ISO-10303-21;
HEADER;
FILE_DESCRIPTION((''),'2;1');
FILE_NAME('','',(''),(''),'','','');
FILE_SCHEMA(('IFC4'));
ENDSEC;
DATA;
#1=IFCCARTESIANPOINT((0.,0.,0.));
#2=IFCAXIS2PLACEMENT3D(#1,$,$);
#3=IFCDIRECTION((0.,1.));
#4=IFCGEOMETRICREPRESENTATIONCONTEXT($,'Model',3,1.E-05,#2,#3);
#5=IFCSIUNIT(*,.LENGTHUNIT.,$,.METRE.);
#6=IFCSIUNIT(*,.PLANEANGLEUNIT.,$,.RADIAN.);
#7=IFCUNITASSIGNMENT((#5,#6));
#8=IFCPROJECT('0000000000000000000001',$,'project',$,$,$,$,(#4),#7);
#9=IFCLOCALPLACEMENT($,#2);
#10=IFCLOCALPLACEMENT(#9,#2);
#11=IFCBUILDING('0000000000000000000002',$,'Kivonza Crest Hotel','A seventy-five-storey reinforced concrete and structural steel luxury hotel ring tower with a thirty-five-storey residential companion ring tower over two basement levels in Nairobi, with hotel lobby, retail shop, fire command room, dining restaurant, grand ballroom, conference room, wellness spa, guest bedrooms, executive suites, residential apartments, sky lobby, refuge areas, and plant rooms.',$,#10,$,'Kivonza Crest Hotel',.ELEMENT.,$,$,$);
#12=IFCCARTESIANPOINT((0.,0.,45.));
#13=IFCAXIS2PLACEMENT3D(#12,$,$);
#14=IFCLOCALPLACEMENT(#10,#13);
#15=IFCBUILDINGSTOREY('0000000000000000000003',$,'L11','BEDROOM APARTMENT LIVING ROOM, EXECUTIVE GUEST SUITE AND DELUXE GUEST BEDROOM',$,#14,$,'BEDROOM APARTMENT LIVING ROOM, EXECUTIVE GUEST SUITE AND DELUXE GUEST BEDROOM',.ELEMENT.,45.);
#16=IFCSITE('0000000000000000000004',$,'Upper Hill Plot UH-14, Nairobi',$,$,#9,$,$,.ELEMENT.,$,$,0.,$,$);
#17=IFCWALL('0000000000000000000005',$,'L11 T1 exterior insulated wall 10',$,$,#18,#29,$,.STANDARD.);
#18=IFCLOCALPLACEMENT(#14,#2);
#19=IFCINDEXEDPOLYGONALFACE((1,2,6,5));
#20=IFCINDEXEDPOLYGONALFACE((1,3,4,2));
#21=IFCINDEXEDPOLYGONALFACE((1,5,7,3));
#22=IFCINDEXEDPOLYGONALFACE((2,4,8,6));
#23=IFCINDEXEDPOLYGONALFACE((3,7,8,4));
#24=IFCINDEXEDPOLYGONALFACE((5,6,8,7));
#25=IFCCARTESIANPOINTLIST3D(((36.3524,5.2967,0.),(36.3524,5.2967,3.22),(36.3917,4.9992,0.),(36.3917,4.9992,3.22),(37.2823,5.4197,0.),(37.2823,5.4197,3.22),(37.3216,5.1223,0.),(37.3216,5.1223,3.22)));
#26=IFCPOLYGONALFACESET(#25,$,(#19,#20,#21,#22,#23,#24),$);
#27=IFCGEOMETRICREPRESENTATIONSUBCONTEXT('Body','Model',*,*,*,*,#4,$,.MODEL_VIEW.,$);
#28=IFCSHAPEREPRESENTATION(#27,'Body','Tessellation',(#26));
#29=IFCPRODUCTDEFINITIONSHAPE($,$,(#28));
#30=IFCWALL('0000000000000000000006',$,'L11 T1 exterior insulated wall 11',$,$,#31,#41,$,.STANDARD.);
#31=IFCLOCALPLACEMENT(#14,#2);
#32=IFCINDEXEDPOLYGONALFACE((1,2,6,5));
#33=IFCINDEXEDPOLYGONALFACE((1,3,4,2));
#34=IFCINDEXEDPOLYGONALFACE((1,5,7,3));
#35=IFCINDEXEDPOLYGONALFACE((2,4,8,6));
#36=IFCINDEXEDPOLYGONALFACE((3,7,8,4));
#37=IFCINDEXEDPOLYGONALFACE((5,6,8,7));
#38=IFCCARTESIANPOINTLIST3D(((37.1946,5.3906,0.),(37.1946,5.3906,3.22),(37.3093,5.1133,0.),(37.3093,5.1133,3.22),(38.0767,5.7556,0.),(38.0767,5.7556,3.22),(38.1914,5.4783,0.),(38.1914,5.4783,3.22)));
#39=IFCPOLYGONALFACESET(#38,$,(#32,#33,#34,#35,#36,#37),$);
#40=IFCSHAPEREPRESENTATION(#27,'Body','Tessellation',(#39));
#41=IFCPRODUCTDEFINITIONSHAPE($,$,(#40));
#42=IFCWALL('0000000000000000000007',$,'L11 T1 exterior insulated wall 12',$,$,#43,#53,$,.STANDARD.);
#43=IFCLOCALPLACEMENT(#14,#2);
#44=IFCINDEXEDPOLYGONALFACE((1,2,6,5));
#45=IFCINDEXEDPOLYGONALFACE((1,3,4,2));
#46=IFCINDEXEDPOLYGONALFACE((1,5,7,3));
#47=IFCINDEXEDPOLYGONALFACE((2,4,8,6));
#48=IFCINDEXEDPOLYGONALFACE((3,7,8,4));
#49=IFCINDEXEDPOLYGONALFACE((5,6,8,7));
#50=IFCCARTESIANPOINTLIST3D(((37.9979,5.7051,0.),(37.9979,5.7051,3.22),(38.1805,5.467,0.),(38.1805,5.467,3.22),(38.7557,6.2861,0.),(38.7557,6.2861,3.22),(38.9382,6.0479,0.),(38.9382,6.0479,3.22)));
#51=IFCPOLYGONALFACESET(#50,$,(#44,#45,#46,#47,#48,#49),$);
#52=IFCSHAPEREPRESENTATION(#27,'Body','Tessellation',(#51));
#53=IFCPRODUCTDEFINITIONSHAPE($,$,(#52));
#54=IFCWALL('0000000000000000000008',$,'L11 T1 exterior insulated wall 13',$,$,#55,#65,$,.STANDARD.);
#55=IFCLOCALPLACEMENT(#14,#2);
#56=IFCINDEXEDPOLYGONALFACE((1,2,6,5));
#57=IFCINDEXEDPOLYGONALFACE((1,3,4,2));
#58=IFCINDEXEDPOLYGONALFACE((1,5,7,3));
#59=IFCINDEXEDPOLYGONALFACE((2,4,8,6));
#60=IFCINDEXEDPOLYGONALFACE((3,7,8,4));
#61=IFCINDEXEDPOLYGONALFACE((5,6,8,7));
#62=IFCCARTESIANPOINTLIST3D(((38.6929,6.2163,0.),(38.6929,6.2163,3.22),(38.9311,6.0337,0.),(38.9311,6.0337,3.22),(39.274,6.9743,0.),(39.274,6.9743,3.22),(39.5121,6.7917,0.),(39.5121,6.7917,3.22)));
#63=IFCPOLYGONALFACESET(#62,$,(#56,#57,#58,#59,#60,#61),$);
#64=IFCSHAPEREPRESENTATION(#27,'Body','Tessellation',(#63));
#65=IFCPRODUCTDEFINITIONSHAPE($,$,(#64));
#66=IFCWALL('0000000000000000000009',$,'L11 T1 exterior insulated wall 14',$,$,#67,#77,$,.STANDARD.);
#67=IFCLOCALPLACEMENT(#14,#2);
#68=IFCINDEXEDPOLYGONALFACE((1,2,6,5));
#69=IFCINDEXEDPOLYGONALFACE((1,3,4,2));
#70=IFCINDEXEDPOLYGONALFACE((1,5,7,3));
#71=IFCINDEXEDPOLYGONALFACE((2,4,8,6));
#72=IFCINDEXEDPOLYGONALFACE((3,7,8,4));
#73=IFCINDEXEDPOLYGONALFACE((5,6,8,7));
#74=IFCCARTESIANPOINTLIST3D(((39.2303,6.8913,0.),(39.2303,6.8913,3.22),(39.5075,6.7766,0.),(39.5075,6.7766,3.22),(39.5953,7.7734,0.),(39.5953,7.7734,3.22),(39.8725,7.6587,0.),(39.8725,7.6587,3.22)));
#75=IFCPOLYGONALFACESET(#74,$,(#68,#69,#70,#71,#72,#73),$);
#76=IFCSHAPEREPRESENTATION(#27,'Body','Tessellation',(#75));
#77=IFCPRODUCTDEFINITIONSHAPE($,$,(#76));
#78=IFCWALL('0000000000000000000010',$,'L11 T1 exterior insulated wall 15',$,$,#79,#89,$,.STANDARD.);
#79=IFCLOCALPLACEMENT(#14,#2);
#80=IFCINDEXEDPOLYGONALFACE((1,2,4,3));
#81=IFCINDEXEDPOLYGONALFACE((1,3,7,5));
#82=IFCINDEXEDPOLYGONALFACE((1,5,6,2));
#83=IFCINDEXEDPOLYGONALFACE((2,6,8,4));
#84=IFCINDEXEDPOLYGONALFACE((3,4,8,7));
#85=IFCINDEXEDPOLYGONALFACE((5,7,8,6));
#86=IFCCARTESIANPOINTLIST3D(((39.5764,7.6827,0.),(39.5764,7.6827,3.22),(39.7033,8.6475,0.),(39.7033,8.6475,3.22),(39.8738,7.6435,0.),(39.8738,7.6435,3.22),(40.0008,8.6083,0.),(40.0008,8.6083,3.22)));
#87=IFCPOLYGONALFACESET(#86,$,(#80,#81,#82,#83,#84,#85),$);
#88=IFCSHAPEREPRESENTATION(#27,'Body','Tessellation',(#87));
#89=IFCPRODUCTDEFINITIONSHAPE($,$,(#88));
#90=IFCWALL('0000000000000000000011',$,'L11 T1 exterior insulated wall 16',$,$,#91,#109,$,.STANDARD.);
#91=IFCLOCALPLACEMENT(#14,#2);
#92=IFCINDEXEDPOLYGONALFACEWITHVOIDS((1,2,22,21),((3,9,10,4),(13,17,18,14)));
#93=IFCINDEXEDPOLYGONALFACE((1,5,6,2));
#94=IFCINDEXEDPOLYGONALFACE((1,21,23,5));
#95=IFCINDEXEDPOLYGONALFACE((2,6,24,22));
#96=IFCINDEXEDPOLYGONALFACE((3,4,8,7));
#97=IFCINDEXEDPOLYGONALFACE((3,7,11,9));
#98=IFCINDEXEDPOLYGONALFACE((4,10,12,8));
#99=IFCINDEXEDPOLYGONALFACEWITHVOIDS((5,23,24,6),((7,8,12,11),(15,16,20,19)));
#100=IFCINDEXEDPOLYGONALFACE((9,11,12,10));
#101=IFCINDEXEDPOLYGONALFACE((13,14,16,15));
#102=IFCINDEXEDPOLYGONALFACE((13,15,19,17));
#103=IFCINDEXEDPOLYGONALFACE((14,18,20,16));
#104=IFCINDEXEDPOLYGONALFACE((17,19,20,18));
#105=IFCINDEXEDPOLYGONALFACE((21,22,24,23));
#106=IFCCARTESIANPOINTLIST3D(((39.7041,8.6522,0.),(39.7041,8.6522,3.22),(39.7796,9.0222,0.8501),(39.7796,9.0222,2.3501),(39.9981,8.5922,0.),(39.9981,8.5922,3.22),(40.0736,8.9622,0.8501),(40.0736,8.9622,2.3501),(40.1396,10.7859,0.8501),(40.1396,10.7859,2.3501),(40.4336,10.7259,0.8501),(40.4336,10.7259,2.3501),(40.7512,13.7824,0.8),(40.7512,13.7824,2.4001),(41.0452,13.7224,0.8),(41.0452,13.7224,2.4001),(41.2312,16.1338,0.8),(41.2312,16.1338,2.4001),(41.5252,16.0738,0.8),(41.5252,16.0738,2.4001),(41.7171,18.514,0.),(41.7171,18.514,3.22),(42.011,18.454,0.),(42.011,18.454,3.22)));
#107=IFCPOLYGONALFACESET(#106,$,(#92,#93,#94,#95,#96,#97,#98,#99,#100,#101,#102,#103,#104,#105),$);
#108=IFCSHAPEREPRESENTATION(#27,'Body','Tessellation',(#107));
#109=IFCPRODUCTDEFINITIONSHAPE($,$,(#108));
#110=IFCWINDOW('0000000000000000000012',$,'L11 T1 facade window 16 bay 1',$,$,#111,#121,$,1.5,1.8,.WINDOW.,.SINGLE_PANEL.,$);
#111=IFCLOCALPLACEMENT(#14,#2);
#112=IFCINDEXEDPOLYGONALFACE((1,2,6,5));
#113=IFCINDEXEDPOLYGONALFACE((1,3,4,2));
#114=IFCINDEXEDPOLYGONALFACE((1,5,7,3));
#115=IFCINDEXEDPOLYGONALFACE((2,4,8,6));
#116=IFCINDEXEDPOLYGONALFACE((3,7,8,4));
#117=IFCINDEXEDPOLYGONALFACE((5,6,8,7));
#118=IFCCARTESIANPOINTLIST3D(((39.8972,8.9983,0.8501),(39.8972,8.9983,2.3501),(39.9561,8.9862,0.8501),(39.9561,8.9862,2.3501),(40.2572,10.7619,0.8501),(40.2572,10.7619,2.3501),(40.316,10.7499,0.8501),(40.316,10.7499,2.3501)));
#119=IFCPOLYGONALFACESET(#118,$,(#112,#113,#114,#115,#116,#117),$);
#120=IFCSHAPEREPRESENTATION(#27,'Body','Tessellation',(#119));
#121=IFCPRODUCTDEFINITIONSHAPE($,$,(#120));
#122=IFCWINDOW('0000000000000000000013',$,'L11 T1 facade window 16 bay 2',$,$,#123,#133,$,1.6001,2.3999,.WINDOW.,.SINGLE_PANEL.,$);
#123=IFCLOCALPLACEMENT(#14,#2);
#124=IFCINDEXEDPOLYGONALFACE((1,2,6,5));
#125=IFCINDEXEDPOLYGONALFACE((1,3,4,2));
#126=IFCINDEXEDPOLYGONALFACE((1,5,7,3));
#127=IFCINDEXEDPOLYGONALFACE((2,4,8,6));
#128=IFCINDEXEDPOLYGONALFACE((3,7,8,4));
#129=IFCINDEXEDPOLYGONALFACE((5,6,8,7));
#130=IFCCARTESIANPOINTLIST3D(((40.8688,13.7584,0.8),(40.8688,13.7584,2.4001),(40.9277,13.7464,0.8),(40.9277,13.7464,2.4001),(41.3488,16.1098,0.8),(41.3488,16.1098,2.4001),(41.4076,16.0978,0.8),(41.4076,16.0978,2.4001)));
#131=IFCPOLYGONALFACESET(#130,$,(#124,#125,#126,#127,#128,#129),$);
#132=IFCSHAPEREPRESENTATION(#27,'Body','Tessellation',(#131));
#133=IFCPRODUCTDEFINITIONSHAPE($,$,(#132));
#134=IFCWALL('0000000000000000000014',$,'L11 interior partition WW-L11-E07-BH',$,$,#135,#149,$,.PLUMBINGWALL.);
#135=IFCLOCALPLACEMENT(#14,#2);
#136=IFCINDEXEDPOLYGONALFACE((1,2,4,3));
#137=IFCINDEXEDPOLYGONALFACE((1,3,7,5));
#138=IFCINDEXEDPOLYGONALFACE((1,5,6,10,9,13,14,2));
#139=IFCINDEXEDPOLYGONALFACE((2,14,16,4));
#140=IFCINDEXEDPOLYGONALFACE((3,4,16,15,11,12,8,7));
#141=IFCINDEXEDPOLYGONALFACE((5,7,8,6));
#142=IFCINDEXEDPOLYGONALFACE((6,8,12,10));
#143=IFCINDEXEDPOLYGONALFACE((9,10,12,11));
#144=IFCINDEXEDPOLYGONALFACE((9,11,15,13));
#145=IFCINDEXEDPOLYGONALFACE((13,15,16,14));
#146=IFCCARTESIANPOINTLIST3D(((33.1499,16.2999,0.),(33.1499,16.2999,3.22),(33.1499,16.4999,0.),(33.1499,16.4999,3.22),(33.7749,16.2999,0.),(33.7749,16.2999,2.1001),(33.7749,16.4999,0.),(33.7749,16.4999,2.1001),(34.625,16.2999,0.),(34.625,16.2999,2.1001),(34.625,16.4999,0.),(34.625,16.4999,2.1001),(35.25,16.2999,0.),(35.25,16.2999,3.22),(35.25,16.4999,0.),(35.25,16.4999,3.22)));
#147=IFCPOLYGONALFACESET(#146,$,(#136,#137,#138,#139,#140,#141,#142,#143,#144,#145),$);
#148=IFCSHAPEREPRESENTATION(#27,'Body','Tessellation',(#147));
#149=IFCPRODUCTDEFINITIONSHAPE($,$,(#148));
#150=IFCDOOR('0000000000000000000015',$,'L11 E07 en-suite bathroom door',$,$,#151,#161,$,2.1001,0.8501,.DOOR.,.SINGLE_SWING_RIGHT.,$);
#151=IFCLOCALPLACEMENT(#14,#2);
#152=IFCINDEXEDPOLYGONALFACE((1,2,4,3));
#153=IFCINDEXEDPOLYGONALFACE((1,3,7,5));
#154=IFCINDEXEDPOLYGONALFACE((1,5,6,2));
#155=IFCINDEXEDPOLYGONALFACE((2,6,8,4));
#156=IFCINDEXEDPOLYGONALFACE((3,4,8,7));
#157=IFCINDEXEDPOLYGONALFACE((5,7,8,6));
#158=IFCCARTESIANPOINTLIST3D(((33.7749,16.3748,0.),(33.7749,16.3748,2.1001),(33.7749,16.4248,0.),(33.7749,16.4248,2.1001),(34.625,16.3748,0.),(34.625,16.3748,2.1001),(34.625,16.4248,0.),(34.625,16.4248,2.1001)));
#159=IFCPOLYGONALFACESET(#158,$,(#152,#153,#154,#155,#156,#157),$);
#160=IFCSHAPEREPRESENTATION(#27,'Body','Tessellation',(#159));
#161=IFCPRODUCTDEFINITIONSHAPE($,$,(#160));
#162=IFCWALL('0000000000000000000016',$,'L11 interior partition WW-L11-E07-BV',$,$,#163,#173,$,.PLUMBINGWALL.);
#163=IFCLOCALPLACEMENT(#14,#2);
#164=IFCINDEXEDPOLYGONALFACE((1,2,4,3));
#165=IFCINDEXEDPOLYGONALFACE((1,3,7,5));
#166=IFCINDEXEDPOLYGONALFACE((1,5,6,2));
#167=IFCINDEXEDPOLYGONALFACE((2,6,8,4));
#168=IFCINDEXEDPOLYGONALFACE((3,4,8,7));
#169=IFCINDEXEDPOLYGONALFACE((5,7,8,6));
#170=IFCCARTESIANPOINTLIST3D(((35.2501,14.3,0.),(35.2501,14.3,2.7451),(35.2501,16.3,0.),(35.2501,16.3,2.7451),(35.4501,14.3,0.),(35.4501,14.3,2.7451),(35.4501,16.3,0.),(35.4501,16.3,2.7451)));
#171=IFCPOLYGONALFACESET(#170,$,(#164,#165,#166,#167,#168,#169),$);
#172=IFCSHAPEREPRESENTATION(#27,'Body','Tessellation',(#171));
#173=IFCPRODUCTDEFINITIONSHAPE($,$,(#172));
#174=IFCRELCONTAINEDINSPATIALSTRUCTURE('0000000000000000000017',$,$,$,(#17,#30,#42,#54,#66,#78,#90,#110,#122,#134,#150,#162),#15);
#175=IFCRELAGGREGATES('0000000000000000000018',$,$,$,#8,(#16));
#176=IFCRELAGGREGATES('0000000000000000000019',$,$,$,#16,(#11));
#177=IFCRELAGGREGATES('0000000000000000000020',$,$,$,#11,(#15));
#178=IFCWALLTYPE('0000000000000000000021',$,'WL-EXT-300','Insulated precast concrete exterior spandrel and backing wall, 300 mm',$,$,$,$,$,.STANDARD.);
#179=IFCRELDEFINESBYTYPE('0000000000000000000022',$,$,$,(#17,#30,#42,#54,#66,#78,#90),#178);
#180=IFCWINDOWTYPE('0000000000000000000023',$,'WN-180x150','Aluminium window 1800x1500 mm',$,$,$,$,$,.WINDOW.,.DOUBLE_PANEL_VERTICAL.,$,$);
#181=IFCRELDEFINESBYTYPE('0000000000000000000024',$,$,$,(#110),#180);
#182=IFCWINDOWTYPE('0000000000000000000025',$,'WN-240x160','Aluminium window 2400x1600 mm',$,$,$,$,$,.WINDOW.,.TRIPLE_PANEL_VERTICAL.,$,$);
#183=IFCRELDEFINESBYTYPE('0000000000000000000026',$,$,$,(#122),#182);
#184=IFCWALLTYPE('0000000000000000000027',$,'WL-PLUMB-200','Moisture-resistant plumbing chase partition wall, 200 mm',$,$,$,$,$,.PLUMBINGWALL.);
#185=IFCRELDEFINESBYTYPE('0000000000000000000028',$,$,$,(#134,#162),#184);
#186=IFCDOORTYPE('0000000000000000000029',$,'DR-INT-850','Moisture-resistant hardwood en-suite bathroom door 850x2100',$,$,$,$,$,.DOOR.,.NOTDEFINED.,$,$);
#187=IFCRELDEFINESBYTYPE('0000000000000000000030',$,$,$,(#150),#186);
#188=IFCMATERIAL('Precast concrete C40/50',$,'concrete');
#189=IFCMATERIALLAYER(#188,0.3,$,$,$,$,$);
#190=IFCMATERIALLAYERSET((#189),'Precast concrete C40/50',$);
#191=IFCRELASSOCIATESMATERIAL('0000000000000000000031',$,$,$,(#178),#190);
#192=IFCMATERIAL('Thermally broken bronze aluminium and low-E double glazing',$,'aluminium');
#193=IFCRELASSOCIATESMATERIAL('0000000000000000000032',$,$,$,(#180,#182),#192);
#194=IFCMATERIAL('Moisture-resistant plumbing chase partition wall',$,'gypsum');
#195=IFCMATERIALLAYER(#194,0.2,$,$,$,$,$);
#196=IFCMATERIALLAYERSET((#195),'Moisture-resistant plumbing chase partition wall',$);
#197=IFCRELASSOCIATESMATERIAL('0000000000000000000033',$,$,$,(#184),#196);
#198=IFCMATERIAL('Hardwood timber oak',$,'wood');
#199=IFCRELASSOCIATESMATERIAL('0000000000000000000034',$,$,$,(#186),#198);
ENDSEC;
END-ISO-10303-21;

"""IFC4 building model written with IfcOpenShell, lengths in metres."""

from ifc_helpers import new_model, si_unit, direction, frame, frame_2d, origin, place, context, subcontext, project, spatial, rectangle, extrude, material, layer, layer_set, type_object, element, fill, save


model = new_model("IFC4")

# Units and contexts
model_context = context("Model", 3, precision=1e-05, world=origin(), true_north=direction((0.0, 1.0)))
body_context = subcontext(model_context, "Body", "Model", "MODEL_VIEW")
ifc_project = project(units=[si_unit("LENGTHUNIT", "METRE"), si_unit("PLANEANGLEUNIT", "RADIAN")], contexts=[model_context])

# Site, building, storey
site_placement = place(None, origin())
site = spatial("IfcSite", under=ifc_project, at=site_placement, Name="Upper Hill Plot UH-14, Nairobi", CompositionType="ELEMENT", RefElevation=0.0)
building_placement = place(site_placement, origin())
building = spatial("IfcBuilding", under=site, at=building_placement, Name="Kivonza Crest Hotel", Description="A seventy-five-storey reinforced concrete and structural steel luxury hotel ring tower with a thirty-five-storey residential companion ring tower over two basement levels in Nairobi, with hotel lobby, retail shop, fire command room, dining restaurant, grand ballroom, conference room, wellness spa, guest bedrooms, executive suites, residential apartments, sky lobby, refuge areas, and plant rooms.", LongName="Kivonza Crest Hotel", CompositionType="ELEMENT")
storey_placement = place(building_placement, frame((0.0, 0.0, 45.0)))
storey = spatial("IfcBuildingStorey", under=building, at=storey_placement, Name="L11", Description="BEDROOM APARTMENT LIVING ROOM, EXECUTIVE GUEST SUITE AND DELUXE GUEST BEDROOM", LongName="BEDROOM APARTMENT LIVING ROOM, EXECUTIVE GUEST SUITE AND DELUXE GUEST BEDROOM", CompositionType="ELEMENT", Elevation=45.0)

# Shared definitions
ifc_material_1 = material(Name="Hardwood timber oak", Category="wood")

# Walls
ifc_material_2 = material(Name="Precast concrete C40/50", Category="concrete")
ifc_layer_1 = layer(ifc_material_2, 0.3)
ifc_layer_set_1 = layer_set([ifc_layer_1], Name="Precast concrete C40/50")
wall_type_1 = type_object("IfcWallType", Name="WL-EXT-300", Description="Insulated precast concrete exterior spandrel and backing wall, 300 mm", PredefinedType="STANDARD", material=ifc_layer_set_1)
wall_1_placement = place(storey_placement, frame((36.3721, 5.1479, 0.0), z_axis=(0.0, 0.0, 1.0), x_axis=(0.991359, 0.131175, 0.0)))
element("IfcWall", 1, at=wall_1_placement, inside=storey, type_object=wall_type_1, Name="L11 T1 exterior insulated wall 10", PredefinedType="STANDARD", context=body_context, shape_type="SweptSolid", body=[
    extrude(rectangle(XDim=0.938, YDim=0.3, at=frame_2d((0.469, 0.0))), origin(), (0.0, 0.0, 1.0), 3.22),
])
wall_2_placement = place(storey_placement, frame((37.252, 5.252, 0.0), z_axis=(0.0, 0.0, 1.0), x_axis=(0.92402, 0.382344, 0.0)))
element("IfcWall", 2, at=wall_2_placement, inside=storey, type_object=wall_type_1, Name="L11 T1 exterior insulated wall 11", PredefinedType="STANDARD", context=body_context, shape_type="SweptSolid", body=[
    extrude(rectangle(XDim=0.9546, YDim=0.3, at=frame_2d((0.4773, 0.0))), origin(), (0.0, 0.0, 1.0), 3.22),
])
wall_3_placement = place(storey_placement, frame((38.0891, 5.5859, 0.0), z_axis=(0.0, 0.0, 1.0), x_axis=(0.793573, 0.608474, 0.0)))
element("IfcWall", 3, at=wall_3_placement, inside=storey, type_object=wall_type_1, Name="L11 T1 exterior insulated wall 12", PredefinedType="STANDARD", context=body_context, shape_type="SweptSolid", body=[
    extrude(rectangle(XDim=0.9548, YDim=0.3, at=frame_2d((0.4775, 0.0))), origin(), (0.0, 0.0, 1.0), 3.22),
])
wall_4_placement = place(storey_placement, frame((38.812, 6.125, 0.0), z_axis=(0.0, 0.0, 1.0), x_axis=(0.608351, 0.793668, 0.0)))
element("IfcWall", 4, at=wall_4_placement, inside=storey, type_object=wall_type_1, Name="L11 T1 exterior insulated wall 13", PredefinedType="STANDARD", context=body_context, shape_type="SweptSolid", body=[
    extrude(rectangle(XDim=0.9551, YDim=0.3, at=frame_2d((0.4775, 0.0))), origin(), (0.0, 0.0, 1.0), 3.22),
])
wall_5_placement = place(storey_placement, frame((39.3689, 6.834, 0.0), z_axis=(0.0, 0.0, 1.0), x_axis=(0.382344, 0.92402, 0.0)))
element("IfcWall", 5, at=wall_5_placement, inside=storey, type_object=wall_type_1, Name="L11 T1 exterior insulated wall 14", PredefinedType="STANDARD", context=body_context, shape_type="SweptSolid", body=[
    extrude(rectangle(XDim=0.9546, YDim=0.3, at=frame_2d((0.4773, 0.0))), origin(), (0.0, 0.0, 1.0), 3.22),
])
wall_6_placement = place(storey_placement, frame((39.7251, 7.6631, 0.0), z_axis=(0.0, 0.0, 1.0), x_axis=(0.130455, 0.991454, 0.0)))
element("IfcWall", 6, at=wall_6_placement, inside=storey, type_object=wall_type_1, Name="L11 T1 exterior insulated wall 15", PredefinedType="STANDARD", context=body_context, shape_type="SweptSolid", body=[
    extrude(rectangle(XDim=0.9731, YDim=0.3, at=frame_2d((0.4866, 0.0))), origin(), (0.0, 0.0, 1.0), 3.22),
])

# Wall, openings, windows
wall_7_placement = place(storey_placement, frame((39.8511, 8.6221, 0.0), z_axis=(0.0, 0.0, 1.0), x_axis=(0.199991, 0.979798, 0.0)))
wall_7 = element("IfcWall", 7, at=wall_7_placement, inside=storey, type_object=wall_type_1, Name="L11 T1 exterior insulated wall 16", PredefinedType="STANDARD", context=body_context, shape_type="SweptSolid", body=[
    extrude(rectangle(XDim=10.0652, YDim=0.3, at=frame_2d((5.0327, 0.0))), origin(), (0.0, 0.0, 1.0), 3.22),
])
opening_1_placement = place(wall_7_placement, frame((0.3779, 0.0, 0.8501)))
opening_1 = element("IfcOpeningElement", 8, at=opening_1_placement, cuts=wall_7, PredefinedType="OPENING", context=body_context, shape_type="SweptSolid", body=[
    extrude(rectangle(XDim=1.8, YDim=1.5, at=frame_2d((0.8999, 0.75))), frame((0.0, 0.1602, 0.0), z_axis=(0.0, -1.0, 0.0), x_axis=(1.0, 0.0, 0.0)), (0.0, 0.0, 1.0), 0.3201),
])
opening_2_placement = place(wall_7_placement, frame((5.2361, 0.0, 0.8)))
opening_2 = element("IfcOpeningElement", 9, at=opening_2_placement, cuts=wall_7, PredefinedType="OPENING", context=body_context, shape_type="SweptSolid", body=[
    extrude(rectangle(XDim=2.3999, YDim=1.6001, at=frame_2d((1.2, 0.8))), frame((0.0, 0.1602, 0.0), z_axis=(0.0, -1.0, 0.0), x_axis=(1.0, 0.0, 0.0)), (0.0, 0.0, 1.0), 0.3201),
])
ifc_material_3 = material(Name="Thermally broken bronze aluminium and low-E double glazing", Category="aluminium")
window_type_1 = type_object("IfcWindowType", Name="WN-180x150", Description="Aluminium window 1800x1500 mm", PartitioningType="DOUBLE_PANEL_VERTICAL", PredefinedType="WINDOW", material=ifc_material_3)
window_1_placement = place(opening_1_placement, origin())
window_1 = element("IfcWindow", 10, at=window_1_placement, inside=storey, type_object=window_type_1, Name="L11 T1 facade window 16 bay 1", OverallHeight=1.5, OverallWidth=1.8, PartitioningType="SINGLE_PANEL", PredefinedType="WINDOW", context=body_context, shape_type="SweptSolid", body=[
    extrude(rectangle(XDim=1.8, YDim=1.5, at=frame_2d((0.8999, 0.75))), frame((0.0, 0.03, 0.0), z_axis=(0.0, -1.0, 0.0), x_axis=(1.0, 0.0, 0.0)), (0.0, 0.0, 1.0), 0.0601),
])
fill(opening_1, window_1)
window_type_2 = type_object("IfcWindowType", Name="WN-240x160", Description="Aluminium window 2400x1600 mm", PartitioningType="TRIPLE_PANEL_VERTICAL", PredefinedType="WINDOW", material=ifc_material_3)
window_2_placement = place(opening_2_placement, origin())
window_2 = element("IfcWindow", 11, at=window_2_placement, inside=storey, type_object=window_type_2, Name="L11 T1 facade window 16 bay 2", OverallHeight=1.6001, OverallWidth=2.3999, PartitioningType="SINGLE_PANEL", PredefinedType="WINDOW", context=body_context, shape_type="SweptSolid", body=[
    extrude(rectangle(XDim=2.3999, YDim=1.6001, at=frame_2d((1.2, 0.8))), frame((0.0, 0.03, 0.0), z_axis=(0.0, -1.0, 0.0), x_axis=(1.0, 0.0, 0.0)), (0.0, 0.0, 1.0), 0.0601),
])
fill(opening_2, window_2)

# Wall, opening, door
ifc_material_4 = material(Name="Moisture-resistant plumbing chase partition wall", Category="gypsum")
ifc_layer_2 = layer(ifc_material_4, 0.2)
ifc_layer_set_2 = layer_set([ifc_layer_2], Name="Moisture-resistant plumbing chase partition wall")
wall_type_2 = type_object("IfcWallType", Name="WL-PLUMB-200", Description="Moisture-resistant plumbing chase partition wall, 200 mm", PredefinedType="PLUMBINGWALL", material=ifc_layer_set_2)
wall_8_placement = place(storey_placement, frame((33.1499, 16.3999, 0.0), z_axis=(0.0, 0.0, 1.0), x_axis=(1.0, 0.0, 0.0)))
wall_8 = element("IfcWall", 12, at=wall_8_placement, inside=storey, type_object=wall_type_2, Name="L11 interior partition WW-L11-E07-BH", PredefinedType="PLUMBINGWALL", context=body_context, shape_type="SweptSolid", body=[
    extrude(rectangle(XDim=2.1001, YDim=0.2, at=frame_2d((1.05, 0.0))), origin(), (0.0, 0.0, 1.0), 3.22),
])
opening_3_placement = place(wall_8_placement, frame((0.625, 0.0, 0.0)))
opening_3 = element("IfcOpeningElement", 13, at=opening_3_placement, cuts=wall_8, PredefinedType="OPENING", context=body_context, shape_type="SweptSolid", body=[
    extrude(rectangle(XDim=0.8501, YDim=2.1001, at=frame_2d((0.425, 1.05))), frame((0.0, 0.1099, 0.0), z_axis=(0.0, -1.0, 0.0), x_axis=(1.0, 0.0, 0.0)), (0.0, 0.0, 1.0), 0.22),
])
door_type_1 = type_object("IfcDoorType", Name="DR-INT-850", Description="Moisture-resistant hardwood en-suite bathroom door 850x2100", OperationType="NOTDEFINED", PredefinedType="DOOR", material=ifc_material_1)
door_1_placement = place(opening_3_placement, origin())
door_1 = element("IfcDoor", 14, at=door_1_placement, inside=storey, type_object=door_type_1, Name="L11 E07 en-suite bathroom door", OperationType="SINGLE_SWING_RIGHT", OverallHeight=2.1001, OverallWidth=0.8501, PredefinedType="DOOR", context=body_context, shape_type="SweptSolid", body=[
    extrude(rectangle(XDim=0.8501, YDim=2.1001, at=frame_2d((0.425, 1.05))), frame((0.0, 0.0249, 0.0), z_axis=(0.0, -1.0, 0.0), x_axis=(1.0, 0.0, 0.0)), (0.0, 0.0, 1.0), 0.05),
])
fill(opening_3, door_1)

# Wall
wall_9_placement = place(storey_placement, frame((35.3501, 14.3, 0.0), z_axis=(0.0, 0.0, 1.0), x_axis=(0.0, 1.0, 0.0)))
element("IfcWall", 15, at=wall_9_placement, inside=storey, type_object=wall_type_2, Name="L11 interior partition WW-L11-E07-BV", PredefinedType="PLUMBINGWALL", context=body_context, shape_type="SweptSolid", body=[
    extrude(rectangle(XDim=2.0, YDim=0.2, at=frame_2d((1.0, 0.0))), origin(), (0.0, 0.0, 1.0), 2.7451),
])

save(model, "model.ifc")
